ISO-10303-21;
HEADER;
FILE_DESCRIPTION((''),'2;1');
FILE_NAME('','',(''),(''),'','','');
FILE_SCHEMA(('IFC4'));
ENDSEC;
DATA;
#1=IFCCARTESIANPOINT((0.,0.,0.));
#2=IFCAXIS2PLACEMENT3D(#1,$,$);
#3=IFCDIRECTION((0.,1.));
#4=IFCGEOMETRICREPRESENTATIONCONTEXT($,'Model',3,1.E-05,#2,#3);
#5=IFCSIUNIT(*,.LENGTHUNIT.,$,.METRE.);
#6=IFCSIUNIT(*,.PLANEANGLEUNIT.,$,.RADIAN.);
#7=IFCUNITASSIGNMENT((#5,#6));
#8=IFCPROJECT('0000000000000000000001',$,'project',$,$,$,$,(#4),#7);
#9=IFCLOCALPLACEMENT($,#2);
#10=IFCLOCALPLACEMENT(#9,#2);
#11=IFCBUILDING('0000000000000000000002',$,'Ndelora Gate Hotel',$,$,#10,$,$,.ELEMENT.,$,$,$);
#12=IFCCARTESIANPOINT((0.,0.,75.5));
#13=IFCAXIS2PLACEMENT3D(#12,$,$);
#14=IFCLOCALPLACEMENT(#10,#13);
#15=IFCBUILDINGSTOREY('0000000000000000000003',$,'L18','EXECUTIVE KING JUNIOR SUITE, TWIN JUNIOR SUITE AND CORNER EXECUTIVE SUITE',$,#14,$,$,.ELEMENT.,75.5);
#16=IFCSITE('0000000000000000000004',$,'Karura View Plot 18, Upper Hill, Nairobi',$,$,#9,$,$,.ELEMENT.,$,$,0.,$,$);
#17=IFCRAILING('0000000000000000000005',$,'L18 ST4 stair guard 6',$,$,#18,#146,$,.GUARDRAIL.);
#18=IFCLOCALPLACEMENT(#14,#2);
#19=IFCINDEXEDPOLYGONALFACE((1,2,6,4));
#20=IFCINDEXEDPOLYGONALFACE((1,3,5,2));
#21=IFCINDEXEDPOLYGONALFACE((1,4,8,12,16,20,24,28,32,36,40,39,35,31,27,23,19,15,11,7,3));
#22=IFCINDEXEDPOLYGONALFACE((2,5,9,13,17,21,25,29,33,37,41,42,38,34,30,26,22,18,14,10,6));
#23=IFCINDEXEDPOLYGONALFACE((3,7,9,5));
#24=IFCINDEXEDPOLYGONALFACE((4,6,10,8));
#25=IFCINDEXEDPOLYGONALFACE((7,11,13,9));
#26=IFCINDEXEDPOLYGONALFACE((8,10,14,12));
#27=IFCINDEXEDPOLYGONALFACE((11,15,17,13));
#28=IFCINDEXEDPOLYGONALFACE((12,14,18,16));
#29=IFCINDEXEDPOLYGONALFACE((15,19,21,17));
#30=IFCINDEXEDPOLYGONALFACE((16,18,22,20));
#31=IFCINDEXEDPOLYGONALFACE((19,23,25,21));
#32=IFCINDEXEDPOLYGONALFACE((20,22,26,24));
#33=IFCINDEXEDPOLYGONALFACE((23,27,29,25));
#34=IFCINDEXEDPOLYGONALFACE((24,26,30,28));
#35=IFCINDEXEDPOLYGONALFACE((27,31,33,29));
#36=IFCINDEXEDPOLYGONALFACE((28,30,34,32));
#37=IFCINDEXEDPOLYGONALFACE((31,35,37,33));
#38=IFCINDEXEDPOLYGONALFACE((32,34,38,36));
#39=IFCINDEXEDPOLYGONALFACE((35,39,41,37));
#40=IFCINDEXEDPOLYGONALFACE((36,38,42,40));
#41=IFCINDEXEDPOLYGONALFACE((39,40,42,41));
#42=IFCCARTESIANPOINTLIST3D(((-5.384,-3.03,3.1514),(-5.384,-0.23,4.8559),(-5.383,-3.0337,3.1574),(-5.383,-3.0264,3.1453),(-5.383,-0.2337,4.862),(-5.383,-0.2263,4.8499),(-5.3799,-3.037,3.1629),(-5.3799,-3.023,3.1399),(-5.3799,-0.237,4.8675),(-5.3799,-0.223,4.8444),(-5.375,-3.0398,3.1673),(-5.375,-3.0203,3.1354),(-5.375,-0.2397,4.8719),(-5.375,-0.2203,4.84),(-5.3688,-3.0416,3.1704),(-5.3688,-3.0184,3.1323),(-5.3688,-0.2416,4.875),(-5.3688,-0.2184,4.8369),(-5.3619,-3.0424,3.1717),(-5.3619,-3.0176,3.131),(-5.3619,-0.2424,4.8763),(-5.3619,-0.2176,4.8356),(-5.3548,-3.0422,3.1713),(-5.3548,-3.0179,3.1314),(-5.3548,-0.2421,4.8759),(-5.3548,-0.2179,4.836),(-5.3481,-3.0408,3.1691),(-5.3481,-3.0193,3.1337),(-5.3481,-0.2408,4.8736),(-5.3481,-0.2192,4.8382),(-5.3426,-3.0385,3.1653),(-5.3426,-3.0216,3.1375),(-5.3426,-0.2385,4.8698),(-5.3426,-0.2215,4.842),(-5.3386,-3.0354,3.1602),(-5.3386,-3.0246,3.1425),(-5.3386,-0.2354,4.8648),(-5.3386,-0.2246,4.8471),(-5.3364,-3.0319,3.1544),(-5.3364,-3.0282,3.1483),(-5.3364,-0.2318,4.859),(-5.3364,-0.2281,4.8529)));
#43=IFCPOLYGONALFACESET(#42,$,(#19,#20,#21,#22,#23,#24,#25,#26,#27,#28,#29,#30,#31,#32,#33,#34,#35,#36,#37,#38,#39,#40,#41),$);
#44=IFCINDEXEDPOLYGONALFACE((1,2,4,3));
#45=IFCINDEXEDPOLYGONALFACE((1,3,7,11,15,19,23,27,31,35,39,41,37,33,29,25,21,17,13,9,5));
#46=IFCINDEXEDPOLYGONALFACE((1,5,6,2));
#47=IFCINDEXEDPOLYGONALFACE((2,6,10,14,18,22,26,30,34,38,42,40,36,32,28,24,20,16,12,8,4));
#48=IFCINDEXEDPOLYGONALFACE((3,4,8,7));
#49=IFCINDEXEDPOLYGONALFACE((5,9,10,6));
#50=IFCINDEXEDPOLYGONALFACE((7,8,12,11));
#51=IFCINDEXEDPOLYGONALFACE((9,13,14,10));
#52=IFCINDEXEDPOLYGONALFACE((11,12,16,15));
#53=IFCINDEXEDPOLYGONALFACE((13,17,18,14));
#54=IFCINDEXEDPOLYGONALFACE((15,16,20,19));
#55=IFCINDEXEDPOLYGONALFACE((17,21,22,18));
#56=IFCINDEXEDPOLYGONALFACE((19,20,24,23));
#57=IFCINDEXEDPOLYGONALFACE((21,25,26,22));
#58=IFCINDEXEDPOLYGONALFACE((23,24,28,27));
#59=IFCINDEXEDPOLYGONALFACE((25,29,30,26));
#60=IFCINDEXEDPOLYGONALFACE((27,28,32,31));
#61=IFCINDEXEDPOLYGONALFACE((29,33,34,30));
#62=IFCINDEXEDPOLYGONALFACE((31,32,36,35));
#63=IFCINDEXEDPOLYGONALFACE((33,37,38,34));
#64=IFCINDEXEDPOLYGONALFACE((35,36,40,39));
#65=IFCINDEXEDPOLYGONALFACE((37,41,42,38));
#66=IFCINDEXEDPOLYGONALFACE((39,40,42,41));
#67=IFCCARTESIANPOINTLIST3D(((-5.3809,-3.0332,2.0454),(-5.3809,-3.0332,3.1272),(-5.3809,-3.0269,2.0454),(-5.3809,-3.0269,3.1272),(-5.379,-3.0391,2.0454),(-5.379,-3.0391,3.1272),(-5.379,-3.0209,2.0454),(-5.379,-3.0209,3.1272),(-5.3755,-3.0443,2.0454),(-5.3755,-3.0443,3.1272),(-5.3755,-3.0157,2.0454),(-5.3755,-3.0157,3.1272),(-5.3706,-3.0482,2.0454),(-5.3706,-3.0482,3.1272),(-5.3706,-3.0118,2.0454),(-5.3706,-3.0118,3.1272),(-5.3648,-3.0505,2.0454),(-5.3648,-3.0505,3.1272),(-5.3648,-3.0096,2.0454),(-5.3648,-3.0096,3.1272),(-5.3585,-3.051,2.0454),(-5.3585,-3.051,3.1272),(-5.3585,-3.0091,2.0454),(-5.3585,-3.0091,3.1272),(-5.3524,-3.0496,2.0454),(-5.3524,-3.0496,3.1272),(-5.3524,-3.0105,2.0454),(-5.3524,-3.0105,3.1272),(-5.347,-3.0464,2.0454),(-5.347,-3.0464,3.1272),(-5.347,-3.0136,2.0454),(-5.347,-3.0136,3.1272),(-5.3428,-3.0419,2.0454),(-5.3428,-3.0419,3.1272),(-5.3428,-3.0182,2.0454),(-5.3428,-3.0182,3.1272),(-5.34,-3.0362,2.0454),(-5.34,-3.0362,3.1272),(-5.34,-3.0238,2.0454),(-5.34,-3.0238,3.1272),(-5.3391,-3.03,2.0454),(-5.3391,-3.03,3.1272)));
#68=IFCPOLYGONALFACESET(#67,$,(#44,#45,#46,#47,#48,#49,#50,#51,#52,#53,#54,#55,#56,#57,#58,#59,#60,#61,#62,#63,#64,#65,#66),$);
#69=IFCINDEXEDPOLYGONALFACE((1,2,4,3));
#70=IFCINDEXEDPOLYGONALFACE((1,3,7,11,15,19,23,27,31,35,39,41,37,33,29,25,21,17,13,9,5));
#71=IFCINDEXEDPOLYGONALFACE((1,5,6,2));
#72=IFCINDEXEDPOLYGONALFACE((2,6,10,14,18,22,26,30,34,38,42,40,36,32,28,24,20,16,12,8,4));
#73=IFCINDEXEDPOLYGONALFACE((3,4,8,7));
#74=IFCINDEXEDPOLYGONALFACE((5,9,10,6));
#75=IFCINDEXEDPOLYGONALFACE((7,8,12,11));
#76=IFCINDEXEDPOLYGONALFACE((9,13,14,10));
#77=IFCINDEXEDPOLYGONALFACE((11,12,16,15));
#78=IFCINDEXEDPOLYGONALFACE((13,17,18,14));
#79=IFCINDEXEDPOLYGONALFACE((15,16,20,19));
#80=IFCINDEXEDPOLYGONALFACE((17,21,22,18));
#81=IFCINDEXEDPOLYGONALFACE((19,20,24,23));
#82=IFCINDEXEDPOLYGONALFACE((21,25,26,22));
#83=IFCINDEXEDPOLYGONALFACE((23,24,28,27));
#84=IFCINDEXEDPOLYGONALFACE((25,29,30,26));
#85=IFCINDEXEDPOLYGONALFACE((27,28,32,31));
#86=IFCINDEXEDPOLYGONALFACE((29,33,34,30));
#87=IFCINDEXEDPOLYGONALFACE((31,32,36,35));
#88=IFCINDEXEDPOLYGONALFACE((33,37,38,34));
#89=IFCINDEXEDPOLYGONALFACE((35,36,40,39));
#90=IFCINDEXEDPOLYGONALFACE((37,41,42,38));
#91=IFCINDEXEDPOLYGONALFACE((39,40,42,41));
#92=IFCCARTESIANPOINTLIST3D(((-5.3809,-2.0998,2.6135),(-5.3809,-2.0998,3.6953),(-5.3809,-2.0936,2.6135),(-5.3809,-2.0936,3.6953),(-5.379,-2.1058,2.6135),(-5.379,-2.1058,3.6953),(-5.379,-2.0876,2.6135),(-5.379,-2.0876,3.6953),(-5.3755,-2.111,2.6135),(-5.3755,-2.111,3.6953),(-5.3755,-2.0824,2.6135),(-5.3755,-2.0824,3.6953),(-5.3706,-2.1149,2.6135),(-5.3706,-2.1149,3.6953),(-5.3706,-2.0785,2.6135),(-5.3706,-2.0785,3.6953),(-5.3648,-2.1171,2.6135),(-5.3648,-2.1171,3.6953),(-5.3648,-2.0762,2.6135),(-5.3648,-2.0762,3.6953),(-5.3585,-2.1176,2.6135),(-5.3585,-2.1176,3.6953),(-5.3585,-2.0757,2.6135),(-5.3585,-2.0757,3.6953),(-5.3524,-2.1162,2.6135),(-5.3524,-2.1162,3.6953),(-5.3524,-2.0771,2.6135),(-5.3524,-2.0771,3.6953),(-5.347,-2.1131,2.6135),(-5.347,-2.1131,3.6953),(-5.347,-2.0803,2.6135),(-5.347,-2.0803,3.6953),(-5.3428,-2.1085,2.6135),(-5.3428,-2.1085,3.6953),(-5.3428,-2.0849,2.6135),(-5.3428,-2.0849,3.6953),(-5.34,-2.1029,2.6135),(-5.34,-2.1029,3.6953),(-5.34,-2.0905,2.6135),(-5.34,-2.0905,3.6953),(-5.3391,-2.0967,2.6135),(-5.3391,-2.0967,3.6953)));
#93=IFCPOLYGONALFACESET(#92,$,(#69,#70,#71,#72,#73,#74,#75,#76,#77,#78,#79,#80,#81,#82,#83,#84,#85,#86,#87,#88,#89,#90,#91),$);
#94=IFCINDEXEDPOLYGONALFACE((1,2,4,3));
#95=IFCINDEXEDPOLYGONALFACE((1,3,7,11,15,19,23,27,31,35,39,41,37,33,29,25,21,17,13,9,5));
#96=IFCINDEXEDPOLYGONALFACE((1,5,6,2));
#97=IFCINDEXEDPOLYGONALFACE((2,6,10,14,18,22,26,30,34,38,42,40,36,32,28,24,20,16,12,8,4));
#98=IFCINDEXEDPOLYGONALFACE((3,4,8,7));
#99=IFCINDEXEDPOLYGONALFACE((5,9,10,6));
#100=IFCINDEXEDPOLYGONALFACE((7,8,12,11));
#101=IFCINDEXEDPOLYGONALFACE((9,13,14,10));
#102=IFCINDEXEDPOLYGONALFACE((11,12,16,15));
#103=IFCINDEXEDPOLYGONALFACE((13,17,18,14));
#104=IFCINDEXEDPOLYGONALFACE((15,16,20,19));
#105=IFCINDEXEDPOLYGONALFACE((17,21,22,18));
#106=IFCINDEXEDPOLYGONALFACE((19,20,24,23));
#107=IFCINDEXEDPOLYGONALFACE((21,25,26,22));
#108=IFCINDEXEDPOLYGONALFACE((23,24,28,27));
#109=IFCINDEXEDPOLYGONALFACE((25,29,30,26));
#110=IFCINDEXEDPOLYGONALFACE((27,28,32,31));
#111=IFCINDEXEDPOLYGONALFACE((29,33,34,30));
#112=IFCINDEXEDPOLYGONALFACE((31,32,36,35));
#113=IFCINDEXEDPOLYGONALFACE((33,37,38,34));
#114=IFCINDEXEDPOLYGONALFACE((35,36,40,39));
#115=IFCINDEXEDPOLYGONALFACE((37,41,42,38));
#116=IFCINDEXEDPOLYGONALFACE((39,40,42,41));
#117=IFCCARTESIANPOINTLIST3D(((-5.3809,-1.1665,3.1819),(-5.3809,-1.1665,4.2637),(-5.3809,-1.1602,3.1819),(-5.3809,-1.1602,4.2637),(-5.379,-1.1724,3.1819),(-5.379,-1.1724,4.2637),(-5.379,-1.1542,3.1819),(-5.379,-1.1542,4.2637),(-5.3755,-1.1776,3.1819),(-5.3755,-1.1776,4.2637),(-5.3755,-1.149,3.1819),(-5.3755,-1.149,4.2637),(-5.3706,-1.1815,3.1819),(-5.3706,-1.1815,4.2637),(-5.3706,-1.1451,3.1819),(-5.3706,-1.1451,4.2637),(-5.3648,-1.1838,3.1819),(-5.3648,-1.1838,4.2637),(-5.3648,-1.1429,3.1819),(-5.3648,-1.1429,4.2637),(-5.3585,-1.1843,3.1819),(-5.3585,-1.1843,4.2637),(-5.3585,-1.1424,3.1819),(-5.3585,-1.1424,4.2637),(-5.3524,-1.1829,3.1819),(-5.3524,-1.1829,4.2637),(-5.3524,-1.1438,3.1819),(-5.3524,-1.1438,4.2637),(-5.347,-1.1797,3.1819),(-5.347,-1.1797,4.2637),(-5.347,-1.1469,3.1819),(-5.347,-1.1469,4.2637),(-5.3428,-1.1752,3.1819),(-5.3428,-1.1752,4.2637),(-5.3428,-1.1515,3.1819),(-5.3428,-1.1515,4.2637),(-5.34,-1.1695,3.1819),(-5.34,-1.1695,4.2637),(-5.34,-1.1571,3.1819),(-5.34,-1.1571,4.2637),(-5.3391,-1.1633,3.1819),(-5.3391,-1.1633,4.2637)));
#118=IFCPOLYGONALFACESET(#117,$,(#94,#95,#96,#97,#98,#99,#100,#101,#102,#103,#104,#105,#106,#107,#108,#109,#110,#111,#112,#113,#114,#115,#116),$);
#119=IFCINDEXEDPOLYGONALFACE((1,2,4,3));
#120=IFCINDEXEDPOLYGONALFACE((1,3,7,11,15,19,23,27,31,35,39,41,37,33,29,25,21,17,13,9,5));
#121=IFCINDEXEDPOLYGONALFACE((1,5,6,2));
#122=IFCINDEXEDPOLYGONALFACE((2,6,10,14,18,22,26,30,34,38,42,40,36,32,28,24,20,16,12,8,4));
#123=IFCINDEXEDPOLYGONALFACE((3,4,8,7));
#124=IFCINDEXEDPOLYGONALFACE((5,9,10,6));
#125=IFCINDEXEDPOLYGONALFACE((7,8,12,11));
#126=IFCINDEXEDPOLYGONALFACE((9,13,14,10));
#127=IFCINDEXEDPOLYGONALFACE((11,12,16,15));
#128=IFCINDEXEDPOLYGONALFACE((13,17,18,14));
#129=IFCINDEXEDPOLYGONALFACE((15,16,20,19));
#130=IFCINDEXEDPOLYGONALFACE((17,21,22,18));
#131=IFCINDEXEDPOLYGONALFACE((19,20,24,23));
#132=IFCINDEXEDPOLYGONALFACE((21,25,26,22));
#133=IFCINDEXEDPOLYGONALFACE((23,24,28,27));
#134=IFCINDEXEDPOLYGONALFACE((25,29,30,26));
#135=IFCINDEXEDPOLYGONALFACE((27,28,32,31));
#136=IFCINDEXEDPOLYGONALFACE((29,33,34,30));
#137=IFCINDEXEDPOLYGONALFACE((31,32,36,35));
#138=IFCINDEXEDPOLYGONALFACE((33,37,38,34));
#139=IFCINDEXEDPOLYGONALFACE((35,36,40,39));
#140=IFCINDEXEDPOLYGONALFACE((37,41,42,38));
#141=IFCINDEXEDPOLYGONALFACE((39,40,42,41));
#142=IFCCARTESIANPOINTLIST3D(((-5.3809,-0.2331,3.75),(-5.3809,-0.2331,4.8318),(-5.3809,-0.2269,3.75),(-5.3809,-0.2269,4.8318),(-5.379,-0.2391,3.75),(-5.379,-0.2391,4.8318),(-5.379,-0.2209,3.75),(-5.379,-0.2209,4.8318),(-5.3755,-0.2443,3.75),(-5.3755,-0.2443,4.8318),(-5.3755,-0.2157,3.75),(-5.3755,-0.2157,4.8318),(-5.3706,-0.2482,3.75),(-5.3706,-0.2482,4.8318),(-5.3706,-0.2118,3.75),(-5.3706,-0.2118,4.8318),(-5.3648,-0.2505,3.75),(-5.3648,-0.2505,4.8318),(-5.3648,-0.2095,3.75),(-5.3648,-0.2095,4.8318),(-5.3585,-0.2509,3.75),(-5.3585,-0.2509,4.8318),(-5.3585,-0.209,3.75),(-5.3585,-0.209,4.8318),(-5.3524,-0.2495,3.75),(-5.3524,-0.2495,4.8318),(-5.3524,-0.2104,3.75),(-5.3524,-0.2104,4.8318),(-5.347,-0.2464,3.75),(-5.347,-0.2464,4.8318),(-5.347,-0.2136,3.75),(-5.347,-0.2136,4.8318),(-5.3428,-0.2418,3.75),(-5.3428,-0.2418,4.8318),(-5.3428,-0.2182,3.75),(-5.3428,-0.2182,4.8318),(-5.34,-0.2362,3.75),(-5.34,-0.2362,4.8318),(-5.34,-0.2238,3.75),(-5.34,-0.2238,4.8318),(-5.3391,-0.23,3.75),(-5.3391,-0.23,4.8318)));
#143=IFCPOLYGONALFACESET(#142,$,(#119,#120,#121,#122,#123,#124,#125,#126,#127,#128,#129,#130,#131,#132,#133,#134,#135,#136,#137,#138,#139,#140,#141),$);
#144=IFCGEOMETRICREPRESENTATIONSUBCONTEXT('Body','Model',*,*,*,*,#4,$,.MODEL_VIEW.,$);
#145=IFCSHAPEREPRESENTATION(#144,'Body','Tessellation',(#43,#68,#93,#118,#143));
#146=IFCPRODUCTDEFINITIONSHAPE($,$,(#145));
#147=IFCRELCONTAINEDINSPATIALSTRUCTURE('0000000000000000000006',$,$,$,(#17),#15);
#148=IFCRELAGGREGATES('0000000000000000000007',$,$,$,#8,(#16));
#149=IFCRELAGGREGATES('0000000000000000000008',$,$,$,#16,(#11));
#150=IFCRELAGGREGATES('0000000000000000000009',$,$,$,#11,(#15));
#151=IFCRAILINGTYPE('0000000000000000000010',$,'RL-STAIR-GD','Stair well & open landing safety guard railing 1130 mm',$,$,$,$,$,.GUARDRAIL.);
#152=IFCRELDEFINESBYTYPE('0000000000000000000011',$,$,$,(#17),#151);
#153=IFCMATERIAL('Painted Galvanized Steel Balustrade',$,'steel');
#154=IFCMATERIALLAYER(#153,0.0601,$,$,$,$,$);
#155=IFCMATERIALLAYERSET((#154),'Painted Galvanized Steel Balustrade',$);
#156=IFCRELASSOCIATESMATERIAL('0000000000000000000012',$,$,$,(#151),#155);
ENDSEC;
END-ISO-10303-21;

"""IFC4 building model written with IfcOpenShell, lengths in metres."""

from ifc_helpers import new_model, si_unit, direction, frame, origin, origin_2d, place, context, subcontext, project, spatial, circle, extrude, material, layer, layer_set, type_object, element, save


model = new_model("IFC4")

# Units and contexts
model_context = context("Model", 3, precision=1e-05, world=origin(), true_north=direction((0.0, 1.0)))
body_context = subcontext(model_context, "Body", "Model", "MODEL_VIEW")
ifc_project = project(units=[si_unit("LENGTHUNIT", "METRE"), si_unit("PLANEANGLEUNIT", "RADIAN")], contexts=[model_context])

# Site, building, storey
site_placement = place(None, origin())
site = spatial("IfcSite", under=ifc_project, at=site_placement, Name="Karura View Plot 18, Upper Hill, Nairobi", CompositionType="ELEMENT", RefElevation=0.0)
building_placement = place(site_placement, origin())
building = spatial("IfcBuilding", under=site, at=building_placement, Name="Ndelora Gate Hotel", CompositionType="ELEMENT")
storey_placement = place(building_placement, frame((0.0, 0.0, 75.5)))
storey = spatial("IfcBuildingStorey", under=building, at=storey_placement, Name="L18", Description="EXECUTIVE KING JUNIOR SUITE, TWIN JUNIOR SUITE AND CORNER EXECUTIVE SUITE", CompositionType="ELEMENT", Elevation=75.5)

# Railing
ifc_material_1 = material(Name="Painted Galvanized Steel Balustrade", Category="steel")
ifc_layer_1 = layer(ifc_material_1, 0.0601)
ifc_layer_set_1 = layer_set([ifc_layer_1], Name="Painted Galvanized Steel Balustrade")
railing_type_1 = type_object("IfcRailingType", Name="RL-STAIR-GD", Description="Stair well & open landing safety guard railing 1130 mm", PredefinedType="GUARDRAIL", material=ifc_layer_set_1)
railing_1_placement = place(storey_placement, frame((-5.3601, -3.03, 2.0454)))
element("IfcRailing", 1, at=railing_1_placement, inside=storey, type_object=railing_type_1, Name="L18 ST4 stair guard 6", PredefinedType="GUARDRAIL", context=body_context, shape_type="SweptSolid", body=[
    extrude(circle(Radius=0.0239, at=origin_2d()), frame((0.0, 0.0, 1.106), z_axis=(0.0, 0.85417, 0.519994), x_axis=(-1.0, 0.0, 0.0)), (0.0, 0.0, 1.0), 3.2781),
    extrude(circle(Radius=0.021, at=origin_2d()), origin(), (0.0, 0.0, 1.0), 1.0818),
    extrude(circle(Radius=0.021, at=origin_2d()), frame((0.0, 0.9333, 0.5681)), (0.0, 0.0, 1.0), 1.0818),
    extrude(circle(Radius=0.021, at=origin_2d()), frame((0.0, 1.8667, 1.1365)), (0.0, 0.0, 1.0), 1.0818),
    extrude(circle(Radius=0.021, at=origin_2d()), frame((0.0, 2.8, 1.7046)), (0.0, 0.0, 1.0), 1.0818),
])

save(model, "model.ifc")
